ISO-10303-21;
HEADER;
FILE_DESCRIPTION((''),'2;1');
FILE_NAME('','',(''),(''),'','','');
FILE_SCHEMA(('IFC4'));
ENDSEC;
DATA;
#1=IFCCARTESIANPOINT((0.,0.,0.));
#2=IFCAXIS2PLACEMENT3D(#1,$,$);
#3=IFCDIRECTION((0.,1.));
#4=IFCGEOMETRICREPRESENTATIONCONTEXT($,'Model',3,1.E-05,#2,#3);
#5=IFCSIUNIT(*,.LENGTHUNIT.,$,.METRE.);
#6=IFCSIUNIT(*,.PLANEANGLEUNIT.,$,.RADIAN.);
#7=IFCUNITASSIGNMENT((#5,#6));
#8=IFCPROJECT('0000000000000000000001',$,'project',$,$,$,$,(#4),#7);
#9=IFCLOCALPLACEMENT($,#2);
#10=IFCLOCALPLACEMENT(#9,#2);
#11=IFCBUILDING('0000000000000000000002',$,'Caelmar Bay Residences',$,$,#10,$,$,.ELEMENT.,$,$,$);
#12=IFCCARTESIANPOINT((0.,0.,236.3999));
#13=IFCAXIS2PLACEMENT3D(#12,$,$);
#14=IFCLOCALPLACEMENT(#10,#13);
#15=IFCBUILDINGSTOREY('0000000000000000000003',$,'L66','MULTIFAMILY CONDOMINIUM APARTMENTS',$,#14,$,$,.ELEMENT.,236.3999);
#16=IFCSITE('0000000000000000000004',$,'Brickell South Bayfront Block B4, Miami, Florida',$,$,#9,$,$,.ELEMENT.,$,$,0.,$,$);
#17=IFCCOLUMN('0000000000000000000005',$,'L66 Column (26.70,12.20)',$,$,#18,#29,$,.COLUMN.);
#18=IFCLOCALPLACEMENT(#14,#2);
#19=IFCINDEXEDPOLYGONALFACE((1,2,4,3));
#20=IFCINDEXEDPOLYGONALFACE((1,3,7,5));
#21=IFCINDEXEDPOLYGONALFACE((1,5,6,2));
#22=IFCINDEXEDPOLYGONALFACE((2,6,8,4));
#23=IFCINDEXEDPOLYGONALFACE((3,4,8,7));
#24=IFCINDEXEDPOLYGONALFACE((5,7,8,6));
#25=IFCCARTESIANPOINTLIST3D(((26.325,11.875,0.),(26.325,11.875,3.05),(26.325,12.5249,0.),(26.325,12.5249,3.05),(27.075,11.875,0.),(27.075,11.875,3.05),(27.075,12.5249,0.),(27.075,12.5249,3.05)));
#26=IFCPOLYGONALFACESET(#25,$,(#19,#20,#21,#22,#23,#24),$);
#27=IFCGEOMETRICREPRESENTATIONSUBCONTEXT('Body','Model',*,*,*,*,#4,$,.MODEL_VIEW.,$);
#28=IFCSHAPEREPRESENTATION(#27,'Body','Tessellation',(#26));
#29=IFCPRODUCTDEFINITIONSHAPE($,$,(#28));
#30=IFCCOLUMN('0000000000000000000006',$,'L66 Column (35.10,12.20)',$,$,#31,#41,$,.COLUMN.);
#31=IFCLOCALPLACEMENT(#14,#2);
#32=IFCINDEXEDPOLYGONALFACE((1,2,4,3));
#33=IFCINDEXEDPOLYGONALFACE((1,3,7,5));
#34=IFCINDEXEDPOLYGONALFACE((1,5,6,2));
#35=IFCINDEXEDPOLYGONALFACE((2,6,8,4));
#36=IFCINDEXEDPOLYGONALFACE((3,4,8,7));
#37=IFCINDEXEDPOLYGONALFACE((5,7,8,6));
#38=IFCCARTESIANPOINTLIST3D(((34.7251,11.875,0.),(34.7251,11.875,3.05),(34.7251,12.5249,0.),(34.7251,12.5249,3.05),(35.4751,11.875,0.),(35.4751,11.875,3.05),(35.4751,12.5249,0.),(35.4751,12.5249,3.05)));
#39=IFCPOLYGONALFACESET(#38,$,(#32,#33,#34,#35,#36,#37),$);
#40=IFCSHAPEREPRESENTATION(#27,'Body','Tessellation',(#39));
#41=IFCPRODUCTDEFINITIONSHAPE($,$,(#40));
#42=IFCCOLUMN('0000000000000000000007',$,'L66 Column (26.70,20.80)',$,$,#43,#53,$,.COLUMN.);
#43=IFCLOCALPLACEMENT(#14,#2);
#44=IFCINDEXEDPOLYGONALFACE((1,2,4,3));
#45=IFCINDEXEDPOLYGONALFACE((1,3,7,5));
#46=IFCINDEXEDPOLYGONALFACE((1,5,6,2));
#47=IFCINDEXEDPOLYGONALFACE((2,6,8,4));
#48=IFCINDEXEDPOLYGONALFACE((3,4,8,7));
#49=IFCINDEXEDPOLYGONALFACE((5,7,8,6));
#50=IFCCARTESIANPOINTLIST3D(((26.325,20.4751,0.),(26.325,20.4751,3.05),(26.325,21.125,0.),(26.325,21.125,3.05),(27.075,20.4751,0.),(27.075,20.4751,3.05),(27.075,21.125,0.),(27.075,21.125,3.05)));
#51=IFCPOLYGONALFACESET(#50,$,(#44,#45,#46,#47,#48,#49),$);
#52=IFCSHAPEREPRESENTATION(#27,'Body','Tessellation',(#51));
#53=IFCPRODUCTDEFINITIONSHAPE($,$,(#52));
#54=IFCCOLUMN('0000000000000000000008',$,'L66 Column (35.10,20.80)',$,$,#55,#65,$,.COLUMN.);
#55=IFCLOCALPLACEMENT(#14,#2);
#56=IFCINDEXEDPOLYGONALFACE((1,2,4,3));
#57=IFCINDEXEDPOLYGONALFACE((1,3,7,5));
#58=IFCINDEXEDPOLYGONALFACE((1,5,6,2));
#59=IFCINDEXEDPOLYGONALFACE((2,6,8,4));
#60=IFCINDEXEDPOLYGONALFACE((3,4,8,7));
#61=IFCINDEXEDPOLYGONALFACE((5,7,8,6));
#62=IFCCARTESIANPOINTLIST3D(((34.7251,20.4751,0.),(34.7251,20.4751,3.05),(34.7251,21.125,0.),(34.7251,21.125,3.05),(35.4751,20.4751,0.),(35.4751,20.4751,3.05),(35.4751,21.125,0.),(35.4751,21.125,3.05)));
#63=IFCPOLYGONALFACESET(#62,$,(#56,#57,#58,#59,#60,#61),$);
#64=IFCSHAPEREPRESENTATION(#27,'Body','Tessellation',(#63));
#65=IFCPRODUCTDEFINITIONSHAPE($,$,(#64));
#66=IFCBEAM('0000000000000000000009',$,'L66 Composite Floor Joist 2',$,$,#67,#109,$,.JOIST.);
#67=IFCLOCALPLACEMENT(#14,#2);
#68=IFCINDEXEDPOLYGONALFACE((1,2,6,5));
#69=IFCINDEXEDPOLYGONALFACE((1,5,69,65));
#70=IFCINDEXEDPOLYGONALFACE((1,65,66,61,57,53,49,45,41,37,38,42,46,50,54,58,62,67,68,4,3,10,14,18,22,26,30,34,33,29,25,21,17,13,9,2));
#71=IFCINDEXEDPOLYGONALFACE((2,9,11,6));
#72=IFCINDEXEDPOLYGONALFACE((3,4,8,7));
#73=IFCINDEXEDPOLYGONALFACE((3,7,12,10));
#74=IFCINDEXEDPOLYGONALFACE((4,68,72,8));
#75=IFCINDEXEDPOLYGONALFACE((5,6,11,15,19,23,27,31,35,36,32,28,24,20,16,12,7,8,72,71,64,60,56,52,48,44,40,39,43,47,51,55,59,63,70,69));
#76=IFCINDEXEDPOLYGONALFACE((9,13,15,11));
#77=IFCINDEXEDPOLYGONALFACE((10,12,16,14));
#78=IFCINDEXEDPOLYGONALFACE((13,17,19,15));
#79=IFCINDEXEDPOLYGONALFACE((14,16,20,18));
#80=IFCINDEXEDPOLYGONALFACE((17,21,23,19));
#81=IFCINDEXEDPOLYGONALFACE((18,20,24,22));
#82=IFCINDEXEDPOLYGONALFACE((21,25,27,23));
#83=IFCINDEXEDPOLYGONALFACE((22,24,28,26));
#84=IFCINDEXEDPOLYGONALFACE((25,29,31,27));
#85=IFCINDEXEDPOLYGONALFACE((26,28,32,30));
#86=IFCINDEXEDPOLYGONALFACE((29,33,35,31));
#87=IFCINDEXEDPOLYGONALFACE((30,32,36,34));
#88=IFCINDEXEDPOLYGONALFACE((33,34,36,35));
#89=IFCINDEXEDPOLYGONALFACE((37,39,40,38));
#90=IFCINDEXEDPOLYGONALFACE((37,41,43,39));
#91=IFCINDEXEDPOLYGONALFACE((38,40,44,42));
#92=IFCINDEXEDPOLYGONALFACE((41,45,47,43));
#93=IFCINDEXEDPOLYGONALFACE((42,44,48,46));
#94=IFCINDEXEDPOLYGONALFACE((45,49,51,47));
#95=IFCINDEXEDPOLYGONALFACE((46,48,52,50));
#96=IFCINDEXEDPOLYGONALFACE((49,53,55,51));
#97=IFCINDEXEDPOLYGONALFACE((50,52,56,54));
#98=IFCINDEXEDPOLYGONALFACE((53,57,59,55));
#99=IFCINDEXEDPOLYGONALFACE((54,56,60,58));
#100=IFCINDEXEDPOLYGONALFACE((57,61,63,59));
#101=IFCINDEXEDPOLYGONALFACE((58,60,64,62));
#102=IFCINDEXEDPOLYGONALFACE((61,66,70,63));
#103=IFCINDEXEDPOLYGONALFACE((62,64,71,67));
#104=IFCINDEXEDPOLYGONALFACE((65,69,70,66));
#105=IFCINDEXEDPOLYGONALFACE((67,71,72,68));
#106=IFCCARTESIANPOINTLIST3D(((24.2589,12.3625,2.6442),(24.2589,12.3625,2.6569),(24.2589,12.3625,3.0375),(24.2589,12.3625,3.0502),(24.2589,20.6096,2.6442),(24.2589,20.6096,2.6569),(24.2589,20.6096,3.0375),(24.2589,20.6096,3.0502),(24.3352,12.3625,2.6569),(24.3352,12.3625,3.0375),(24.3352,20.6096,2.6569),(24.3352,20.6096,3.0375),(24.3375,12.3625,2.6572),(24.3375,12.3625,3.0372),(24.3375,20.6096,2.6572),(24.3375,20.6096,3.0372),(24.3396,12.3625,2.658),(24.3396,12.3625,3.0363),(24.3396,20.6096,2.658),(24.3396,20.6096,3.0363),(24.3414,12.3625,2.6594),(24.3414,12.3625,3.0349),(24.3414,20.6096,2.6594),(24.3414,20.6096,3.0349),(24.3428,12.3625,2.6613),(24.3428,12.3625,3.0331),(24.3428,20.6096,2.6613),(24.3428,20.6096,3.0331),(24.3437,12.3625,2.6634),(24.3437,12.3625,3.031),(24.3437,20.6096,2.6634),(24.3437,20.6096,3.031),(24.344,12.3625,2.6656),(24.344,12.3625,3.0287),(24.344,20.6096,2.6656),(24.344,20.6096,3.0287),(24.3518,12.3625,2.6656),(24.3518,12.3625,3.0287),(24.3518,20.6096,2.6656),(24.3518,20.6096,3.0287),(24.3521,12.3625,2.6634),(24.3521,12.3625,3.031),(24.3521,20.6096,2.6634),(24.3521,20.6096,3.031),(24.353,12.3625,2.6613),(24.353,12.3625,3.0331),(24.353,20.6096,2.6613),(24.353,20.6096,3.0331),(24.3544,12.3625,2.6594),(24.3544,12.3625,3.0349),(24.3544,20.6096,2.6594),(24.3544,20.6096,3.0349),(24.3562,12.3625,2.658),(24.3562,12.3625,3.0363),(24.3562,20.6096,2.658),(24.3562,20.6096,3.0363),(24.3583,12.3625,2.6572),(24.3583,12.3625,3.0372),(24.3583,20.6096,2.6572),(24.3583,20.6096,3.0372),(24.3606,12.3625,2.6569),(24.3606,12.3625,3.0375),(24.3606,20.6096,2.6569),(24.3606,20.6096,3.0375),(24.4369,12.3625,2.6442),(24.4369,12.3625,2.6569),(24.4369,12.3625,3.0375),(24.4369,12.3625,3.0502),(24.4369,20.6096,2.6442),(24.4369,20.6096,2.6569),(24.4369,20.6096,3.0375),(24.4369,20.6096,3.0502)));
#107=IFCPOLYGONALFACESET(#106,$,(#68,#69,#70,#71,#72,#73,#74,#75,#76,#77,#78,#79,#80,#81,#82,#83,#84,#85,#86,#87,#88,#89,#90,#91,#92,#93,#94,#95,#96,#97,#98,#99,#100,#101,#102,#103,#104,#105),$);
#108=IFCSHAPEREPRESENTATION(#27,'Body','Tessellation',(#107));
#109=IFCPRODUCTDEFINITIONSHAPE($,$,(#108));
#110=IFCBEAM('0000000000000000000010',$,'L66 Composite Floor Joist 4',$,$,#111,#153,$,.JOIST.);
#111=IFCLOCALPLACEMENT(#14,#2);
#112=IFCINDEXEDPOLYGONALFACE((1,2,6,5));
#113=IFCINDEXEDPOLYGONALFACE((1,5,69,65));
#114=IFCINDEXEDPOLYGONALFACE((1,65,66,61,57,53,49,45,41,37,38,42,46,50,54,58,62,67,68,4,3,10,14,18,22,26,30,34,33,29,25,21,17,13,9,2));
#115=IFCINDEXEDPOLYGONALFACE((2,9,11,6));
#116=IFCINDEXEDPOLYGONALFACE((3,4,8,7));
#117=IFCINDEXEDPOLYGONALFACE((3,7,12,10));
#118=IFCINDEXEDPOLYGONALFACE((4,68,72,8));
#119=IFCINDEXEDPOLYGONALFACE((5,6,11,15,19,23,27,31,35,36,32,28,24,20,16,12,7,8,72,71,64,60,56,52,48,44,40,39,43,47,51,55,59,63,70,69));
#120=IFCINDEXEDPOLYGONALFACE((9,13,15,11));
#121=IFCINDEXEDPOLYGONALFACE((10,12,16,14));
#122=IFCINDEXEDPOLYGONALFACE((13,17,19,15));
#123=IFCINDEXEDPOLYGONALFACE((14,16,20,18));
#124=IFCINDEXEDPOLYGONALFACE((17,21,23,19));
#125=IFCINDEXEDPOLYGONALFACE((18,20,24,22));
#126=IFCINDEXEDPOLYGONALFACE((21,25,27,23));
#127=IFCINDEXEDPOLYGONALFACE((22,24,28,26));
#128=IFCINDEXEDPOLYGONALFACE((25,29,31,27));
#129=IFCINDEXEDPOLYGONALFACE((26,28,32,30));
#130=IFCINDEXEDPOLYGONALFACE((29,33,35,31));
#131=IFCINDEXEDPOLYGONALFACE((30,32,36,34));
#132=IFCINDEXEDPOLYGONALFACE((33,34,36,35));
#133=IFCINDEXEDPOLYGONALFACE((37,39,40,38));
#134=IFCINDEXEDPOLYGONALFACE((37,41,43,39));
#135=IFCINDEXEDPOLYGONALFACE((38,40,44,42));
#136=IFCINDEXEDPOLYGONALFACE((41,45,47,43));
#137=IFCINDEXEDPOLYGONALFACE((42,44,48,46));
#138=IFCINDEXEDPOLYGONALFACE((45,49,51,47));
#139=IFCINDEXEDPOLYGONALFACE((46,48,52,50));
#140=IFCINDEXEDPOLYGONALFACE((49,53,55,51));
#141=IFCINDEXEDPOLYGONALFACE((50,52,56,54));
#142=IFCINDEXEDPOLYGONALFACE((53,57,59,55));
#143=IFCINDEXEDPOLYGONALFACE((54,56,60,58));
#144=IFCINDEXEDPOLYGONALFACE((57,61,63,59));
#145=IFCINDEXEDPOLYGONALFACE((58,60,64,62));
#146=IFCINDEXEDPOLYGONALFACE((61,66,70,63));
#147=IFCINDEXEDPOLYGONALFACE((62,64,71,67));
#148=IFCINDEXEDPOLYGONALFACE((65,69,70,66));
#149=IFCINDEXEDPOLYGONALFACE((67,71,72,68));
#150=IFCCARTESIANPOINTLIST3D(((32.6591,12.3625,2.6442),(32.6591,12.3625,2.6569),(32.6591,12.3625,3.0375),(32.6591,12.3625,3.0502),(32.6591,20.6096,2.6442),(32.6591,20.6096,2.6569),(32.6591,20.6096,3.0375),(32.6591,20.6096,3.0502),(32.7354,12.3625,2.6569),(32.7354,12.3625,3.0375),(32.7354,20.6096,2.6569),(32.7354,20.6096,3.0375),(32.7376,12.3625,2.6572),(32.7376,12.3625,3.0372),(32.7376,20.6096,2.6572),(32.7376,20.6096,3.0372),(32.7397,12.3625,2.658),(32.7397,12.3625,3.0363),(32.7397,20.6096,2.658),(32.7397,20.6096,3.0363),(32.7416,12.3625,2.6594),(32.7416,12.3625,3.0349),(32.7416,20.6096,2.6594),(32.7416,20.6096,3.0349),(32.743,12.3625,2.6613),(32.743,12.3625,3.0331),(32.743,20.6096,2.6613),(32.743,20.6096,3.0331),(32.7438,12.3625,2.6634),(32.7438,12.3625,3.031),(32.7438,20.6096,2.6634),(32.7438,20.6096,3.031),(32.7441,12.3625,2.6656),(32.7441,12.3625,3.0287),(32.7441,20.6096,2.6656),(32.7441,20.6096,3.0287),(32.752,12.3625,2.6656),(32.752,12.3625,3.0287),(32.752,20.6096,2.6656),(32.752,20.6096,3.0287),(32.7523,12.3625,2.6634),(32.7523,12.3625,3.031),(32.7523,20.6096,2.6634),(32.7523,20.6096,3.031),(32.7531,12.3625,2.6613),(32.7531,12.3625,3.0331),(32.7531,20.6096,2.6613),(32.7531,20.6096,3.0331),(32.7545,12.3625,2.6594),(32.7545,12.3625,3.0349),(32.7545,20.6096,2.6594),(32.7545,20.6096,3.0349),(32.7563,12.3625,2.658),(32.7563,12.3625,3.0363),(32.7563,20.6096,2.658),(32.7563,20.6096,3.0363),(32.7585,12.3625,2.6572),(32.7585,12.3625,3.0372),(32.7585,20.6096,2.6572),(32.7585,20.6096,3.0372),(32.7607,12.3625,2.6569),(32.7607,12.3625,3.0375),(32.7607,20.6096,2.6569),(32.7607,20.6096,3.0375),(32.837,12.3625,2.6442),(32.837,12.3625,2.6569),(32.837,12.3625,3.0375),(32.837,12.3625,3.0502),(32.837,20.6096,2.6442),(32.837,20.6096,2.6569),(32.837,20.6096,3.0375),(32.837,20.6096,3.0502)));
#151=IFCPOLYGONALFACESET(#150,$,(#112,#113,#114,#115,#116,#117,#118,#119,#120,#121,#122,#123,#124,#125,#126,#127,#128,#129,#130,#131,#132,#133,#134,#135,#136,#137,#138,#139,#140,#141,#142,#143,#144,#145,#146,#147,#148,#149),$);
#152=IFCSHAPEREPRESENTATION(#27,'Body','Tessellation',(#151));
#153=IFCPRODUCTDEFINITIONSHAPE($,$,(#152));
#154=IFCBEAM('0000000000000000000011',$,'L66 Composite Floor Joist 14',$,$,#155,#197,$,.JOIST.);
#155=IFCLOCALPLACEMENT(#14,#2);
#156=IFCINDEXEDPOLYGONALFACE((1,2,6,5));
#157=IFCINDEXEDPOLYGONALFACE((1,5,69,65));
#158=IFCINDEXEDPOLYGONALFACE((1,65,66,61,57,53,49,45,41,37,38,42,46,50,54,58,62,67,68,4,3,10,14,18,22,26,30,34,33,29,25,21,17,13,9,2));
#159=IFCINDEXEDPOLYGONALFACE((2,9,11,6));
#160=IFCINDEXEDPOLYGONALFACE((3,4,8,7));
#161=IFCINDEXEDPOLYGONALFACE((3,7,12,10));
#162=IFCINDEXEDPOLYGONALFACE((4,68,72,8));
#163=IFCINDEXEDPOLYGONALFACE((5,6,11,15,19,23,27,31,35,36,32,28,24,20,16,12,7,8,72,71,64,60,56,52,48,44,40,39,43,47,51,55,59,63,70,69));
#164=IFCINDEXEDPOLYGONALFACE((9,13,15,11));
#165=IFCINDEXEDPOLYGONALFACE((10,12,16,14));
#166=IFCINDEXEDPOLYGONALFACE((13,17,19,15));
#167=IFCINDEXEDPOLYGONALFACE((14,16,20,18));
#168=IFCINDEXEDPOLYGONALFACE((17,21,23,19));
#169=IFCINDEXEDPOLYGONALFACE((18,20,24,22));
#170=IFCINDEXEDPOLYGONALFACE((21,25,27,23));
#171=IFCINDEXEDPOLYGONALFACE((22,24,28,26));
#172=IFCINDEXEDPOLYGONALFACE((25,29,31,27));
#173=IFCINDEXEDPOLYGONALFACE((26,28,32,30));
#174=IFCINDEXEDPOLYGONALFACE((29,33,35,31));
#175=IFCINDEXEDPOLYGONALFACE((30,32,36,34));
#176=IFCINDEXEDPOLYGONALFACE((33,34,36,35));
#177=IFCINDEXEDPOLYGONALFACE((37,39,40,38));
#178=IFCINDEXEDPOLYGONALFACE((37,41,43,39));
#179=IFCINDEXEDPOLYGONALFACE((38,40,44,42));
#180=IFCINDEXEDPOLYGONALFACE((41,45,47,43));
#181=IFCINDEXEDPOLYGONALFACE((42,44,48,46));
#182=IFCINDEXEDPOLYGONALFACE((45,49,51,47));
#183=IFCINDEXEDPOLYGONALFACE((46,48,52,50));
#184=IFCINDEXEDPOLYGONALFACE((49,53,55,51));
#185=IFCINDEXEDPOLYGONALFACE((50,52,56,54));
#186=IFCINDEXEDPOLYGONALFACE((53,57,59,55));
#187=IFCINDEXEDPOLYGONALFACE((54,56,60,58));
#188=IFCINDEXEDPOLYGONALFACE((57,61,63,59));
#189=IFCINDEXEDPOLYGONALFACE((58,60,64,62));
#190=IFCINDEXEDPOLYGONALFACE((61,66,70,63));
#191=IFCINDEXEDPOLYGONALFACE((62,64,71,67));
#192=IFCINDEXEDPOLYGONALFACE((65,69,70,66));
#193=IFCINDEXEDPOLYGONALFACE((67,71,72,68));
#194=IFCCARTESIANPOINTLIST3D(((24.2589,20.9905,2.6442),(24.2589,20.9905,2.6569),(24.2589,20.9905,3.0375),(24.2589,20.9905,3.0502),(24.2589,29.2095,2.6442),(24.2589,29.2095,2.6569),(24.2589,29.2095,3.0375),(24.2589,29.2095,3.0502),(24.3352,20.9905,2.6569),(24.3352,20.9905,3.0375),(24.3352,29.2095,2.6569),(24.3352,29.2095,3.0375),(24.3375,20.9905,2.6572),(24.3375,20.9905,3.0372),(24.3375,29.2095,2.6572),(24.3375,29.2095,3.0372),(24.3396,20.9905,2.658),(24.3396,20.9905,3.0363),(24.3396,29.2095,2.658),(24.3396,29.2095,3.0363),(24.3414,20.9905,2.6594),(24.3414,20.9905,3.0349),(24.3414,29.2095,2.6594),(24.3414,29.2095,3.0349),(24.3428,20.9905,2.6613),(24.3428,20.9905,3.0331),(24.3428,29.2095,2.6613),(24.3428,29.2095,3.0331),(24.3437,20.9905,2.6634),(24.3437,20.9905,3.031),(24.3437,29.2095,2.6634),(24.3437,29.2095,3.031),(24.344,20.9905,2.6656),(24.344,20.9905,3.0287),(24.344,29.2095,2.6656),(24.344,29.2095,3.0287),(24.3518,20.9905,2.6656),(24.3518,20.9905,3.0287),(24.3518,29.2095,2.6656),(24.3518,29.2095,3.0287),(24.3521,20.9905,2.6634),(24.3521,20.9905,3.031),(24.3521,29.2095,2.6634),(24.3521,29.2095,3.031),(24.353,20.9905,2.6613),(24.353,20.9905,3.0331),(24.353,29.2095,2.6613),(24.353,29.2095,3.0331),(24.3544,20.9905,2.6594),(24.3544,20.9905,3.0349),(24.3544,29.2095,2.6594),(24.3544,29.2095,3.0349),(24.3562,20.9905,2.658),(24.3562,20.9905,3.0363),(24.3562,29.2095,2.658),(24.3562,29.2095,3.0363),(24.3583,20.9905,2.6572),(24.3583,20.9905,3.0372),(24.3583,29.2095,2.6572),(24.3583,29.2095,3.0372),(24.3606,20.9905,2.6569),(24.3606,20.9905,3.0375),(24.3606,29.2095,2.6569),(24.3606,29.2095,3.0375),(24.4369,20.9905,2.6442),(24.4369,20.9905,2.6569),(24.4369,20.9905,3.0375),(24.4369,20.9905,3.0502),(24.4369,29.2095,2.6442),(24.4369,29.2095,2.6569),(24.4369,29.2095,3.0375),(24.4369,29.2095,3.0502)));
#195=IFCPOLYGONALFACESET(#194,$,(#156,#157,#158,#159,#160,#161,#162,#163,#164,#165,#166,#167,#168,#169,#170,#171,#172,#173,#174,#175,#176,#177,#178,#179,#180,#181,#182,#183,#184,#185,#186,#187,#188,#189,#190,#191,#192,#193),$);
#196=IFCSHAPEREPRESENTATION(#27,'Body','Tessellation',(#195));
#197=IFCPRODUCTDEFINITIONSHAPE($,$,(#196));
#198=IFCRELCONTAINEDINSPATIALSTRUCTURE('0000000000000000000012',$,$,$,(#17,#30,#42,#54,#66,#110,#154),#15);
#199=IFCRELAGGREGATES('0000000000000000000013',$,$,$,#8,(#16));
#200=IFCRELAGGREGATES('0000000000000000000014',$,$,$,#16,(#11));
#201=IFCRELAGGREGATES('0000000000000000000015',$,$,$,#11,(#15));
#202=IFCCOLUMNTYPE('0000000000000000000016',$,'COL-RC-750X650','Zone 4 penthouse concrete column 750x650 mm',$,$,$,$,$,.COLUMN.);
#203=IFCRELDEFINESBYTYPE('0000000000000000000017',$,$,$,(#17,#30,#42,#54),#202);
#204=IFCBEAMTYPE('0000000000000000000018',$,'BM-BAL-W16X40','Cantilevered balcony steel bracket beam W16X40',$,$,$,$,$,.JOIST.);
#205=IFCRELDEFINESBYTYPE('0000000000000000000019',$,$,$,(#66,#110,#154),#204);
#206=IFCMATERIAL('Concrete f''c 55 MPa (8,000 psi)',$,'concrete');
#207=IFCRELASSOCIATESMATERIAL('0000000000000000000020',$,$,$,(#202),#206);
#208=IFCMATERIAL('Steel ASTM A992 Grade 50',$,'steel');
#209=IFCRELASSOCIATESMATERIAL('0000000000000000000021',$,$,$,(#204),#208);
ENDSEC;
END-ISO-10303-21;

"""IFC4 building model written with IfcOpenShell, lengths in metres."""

from ifc_helpers import new_model, si_unit, direction, frame, origin, origin_2d, place, context, subcontext, project, spatial, rectangle, i_section, extrude, material, material_profile, profile_set, type_object, element, save


model = new_model("IFC4")

# Units and contexts
model_context = context("Model", 3, precision=1e-05, world=origin(), true_north=direction((0.0, 1.0)))
body_context = subcontext(model_context, "Body", "Model", "MODEL_VIEW")
ifc_project = project(units=[si_unit("LENGTHUNIT", "METRE"), si_unit("PLANEANGLEUNIT", "RADIAN")], contexts=[model_context])

# Site, building, storey
site_placement = place(None, origin())
site = spatial("IfcSite", under=ifc_project, at=site_placement, Name="Brickell South Bayfront Block B4, Miami, Florida", CompositionType="ELEMENT", RefElevation=0.0)
building_placement = place(site_placement, origin())
building = spatial("IfcBuilding", under=site, at=building_placement, Name="Caelmar Bay Residences", CompositionType="ELEMENT")
storey_placement = place(building_placement, frame((0.0, 0.0, 236.3999)))
storey = spatial("IfcBuildingStorey", under=building, at=storey_placement, Name="L66", Description="MULTIFAMILY CONDOMINIUM APARTMENTS", CompositionType="ELEMENT", Elevation=236.3999)

# Columns
ifc_material_1 = material(Name="Concrete f'c 55 MPa (8,000 psi)", Category="concrete")
ifc_material_profile_1 = material_profile(ifc_material_1, rectangle(XDim=0.75, YDim=0.6499, at=origin_2d()), Name="RC-COL-750X650")
ifc_profile_set_1 = profile_set([ifc_material_profile_1], Name="Concrete f'c 55 MPa (8,000 psi)")
column_type = type_object("IfcColumnType", Name="COL-RC-750X650", Description="Zone 4 penthouse concrete column 750x650 mm", PredefinedType="COLUMN", material=ifc_profile_set_1)
for number, where, z_axis, x_axis, name in (
    (1, (26.7, 12.2, 0.0), (0.0, 0.0, 1.0), (1.0, 0.0, 0.0), "L66 Column (26.70,12.20)"),
    (2, (35.1001, 12.2, 0.0), (0.0, 0.0, 1.0), (1.0, 0.0, 0.0), "L66 Column (35.10,12.20)"),
    (3, (26.7, 20.8, 0.0), (0.0, 0.0, 1.0), (1.0, 0.0, 0.0), "L66 Column (26.70,20.80)"),
    (4, (35.1001, 20.8, 0.0), (0.0, 0.0, 1.0), (1.0, 0.0, 0.0), "L66 Column (35.10,20.80)"),
):
    element("IfcColumn", number, at=place(storey_placement, frame(where, z_axis=z_axis, x_axis=x_axis)), inside=storey, type_object=column_type, Name=name, PredefinedType="COLUMN", context=body_context, shape_type="SweptSolid", body=[
        extrude(rectangle(XDim=0.75, YDim=0.6499, at=origin_2d()), origin(), (0.0, 0.0, 1.0), 3.05),
    ])

# Beams
ifc_material_2 = material(Name="Steel ASTM A992 Grade 50", Category="steel")
ifc_material_profile_2 = material_profile(ifc_material_2, i_section(OverallWidth=0.178, OverallDepth=0.406, WebThickness=0.0078, FlangeThickness=0.0127, FilletRadius=0.0088, at=origin_2d()), Name="W16X40")
ifc_profile_set_2 = profile_set([ifc_material_profile_2], Name="Steel ASTM A992 Grade 50")
beam_type_1 = type_object("IfcBeamType", Name="BM-BAL-W16X40", Description="Cantilevered balcony steel bracket beam W16X40", PredefinedType="JOIST", material=ifc_profile_set_2)
for number, where, z_axis, x_axis, name in (
    (5, (24.3479, 12.3625, 2.8472), (0.0, 1.0, 0.0), (-1.0, 0.0, 0.0), "L66 Composite Floor Joist 2"),
    (6, (32.748, 12.3625, 2.8472), (0.0, 1.0, 0.0), (-1.0, 0.0, 0.0), "L66 Composite Floor Joist 4"),
):
    element("IfcBeam", number, at=place(storey_placement, frame(where, z_axis=z_axis, x_axis=x_axis)), inside=storey, type_object=beam_type_1, Name=name, PredefinedType="JOIST", context=body_context, shape_type="SweptSolid", body=[
        extrude(i_section(OverallWidth=0.178, OverallDepth=0.406, WebThickness=0.0078, FlangeThickness=0.0127, FilletRadius=0.0088, at=origin_2d()), origin(), (0.0, 0.0, 1.0), 8.2471),
    ])
for number, where, z_axis, x_axis, name in (
    (7, (24.3479, 20.9905, 2.8472), (0.0, 1.0, 0.0), (-1.0, 0.0, 0.0), "L66 Composite Floor Joist 14"),
):
    element("IfcBeam", number, at=place(storey_placement, frame(where, z_axis=z_axis, x_axis=x_axis)), inside=storey, type_object=beam_type_1, Name=name, PredefinedType="JOIST", context=body_context, shape_type="SweptSolid", body=[
        extrude(i_section(OverallWidth=0.178, OverallDepth=0.406, WebThickness=0.0078, FlangeThickness=0.0127, FilletRadius=0.0088, at=origin_2d()), origin(), (0.0, 0.0, 1.0), 8.219),
    ])

save(model, "model.ifc")
